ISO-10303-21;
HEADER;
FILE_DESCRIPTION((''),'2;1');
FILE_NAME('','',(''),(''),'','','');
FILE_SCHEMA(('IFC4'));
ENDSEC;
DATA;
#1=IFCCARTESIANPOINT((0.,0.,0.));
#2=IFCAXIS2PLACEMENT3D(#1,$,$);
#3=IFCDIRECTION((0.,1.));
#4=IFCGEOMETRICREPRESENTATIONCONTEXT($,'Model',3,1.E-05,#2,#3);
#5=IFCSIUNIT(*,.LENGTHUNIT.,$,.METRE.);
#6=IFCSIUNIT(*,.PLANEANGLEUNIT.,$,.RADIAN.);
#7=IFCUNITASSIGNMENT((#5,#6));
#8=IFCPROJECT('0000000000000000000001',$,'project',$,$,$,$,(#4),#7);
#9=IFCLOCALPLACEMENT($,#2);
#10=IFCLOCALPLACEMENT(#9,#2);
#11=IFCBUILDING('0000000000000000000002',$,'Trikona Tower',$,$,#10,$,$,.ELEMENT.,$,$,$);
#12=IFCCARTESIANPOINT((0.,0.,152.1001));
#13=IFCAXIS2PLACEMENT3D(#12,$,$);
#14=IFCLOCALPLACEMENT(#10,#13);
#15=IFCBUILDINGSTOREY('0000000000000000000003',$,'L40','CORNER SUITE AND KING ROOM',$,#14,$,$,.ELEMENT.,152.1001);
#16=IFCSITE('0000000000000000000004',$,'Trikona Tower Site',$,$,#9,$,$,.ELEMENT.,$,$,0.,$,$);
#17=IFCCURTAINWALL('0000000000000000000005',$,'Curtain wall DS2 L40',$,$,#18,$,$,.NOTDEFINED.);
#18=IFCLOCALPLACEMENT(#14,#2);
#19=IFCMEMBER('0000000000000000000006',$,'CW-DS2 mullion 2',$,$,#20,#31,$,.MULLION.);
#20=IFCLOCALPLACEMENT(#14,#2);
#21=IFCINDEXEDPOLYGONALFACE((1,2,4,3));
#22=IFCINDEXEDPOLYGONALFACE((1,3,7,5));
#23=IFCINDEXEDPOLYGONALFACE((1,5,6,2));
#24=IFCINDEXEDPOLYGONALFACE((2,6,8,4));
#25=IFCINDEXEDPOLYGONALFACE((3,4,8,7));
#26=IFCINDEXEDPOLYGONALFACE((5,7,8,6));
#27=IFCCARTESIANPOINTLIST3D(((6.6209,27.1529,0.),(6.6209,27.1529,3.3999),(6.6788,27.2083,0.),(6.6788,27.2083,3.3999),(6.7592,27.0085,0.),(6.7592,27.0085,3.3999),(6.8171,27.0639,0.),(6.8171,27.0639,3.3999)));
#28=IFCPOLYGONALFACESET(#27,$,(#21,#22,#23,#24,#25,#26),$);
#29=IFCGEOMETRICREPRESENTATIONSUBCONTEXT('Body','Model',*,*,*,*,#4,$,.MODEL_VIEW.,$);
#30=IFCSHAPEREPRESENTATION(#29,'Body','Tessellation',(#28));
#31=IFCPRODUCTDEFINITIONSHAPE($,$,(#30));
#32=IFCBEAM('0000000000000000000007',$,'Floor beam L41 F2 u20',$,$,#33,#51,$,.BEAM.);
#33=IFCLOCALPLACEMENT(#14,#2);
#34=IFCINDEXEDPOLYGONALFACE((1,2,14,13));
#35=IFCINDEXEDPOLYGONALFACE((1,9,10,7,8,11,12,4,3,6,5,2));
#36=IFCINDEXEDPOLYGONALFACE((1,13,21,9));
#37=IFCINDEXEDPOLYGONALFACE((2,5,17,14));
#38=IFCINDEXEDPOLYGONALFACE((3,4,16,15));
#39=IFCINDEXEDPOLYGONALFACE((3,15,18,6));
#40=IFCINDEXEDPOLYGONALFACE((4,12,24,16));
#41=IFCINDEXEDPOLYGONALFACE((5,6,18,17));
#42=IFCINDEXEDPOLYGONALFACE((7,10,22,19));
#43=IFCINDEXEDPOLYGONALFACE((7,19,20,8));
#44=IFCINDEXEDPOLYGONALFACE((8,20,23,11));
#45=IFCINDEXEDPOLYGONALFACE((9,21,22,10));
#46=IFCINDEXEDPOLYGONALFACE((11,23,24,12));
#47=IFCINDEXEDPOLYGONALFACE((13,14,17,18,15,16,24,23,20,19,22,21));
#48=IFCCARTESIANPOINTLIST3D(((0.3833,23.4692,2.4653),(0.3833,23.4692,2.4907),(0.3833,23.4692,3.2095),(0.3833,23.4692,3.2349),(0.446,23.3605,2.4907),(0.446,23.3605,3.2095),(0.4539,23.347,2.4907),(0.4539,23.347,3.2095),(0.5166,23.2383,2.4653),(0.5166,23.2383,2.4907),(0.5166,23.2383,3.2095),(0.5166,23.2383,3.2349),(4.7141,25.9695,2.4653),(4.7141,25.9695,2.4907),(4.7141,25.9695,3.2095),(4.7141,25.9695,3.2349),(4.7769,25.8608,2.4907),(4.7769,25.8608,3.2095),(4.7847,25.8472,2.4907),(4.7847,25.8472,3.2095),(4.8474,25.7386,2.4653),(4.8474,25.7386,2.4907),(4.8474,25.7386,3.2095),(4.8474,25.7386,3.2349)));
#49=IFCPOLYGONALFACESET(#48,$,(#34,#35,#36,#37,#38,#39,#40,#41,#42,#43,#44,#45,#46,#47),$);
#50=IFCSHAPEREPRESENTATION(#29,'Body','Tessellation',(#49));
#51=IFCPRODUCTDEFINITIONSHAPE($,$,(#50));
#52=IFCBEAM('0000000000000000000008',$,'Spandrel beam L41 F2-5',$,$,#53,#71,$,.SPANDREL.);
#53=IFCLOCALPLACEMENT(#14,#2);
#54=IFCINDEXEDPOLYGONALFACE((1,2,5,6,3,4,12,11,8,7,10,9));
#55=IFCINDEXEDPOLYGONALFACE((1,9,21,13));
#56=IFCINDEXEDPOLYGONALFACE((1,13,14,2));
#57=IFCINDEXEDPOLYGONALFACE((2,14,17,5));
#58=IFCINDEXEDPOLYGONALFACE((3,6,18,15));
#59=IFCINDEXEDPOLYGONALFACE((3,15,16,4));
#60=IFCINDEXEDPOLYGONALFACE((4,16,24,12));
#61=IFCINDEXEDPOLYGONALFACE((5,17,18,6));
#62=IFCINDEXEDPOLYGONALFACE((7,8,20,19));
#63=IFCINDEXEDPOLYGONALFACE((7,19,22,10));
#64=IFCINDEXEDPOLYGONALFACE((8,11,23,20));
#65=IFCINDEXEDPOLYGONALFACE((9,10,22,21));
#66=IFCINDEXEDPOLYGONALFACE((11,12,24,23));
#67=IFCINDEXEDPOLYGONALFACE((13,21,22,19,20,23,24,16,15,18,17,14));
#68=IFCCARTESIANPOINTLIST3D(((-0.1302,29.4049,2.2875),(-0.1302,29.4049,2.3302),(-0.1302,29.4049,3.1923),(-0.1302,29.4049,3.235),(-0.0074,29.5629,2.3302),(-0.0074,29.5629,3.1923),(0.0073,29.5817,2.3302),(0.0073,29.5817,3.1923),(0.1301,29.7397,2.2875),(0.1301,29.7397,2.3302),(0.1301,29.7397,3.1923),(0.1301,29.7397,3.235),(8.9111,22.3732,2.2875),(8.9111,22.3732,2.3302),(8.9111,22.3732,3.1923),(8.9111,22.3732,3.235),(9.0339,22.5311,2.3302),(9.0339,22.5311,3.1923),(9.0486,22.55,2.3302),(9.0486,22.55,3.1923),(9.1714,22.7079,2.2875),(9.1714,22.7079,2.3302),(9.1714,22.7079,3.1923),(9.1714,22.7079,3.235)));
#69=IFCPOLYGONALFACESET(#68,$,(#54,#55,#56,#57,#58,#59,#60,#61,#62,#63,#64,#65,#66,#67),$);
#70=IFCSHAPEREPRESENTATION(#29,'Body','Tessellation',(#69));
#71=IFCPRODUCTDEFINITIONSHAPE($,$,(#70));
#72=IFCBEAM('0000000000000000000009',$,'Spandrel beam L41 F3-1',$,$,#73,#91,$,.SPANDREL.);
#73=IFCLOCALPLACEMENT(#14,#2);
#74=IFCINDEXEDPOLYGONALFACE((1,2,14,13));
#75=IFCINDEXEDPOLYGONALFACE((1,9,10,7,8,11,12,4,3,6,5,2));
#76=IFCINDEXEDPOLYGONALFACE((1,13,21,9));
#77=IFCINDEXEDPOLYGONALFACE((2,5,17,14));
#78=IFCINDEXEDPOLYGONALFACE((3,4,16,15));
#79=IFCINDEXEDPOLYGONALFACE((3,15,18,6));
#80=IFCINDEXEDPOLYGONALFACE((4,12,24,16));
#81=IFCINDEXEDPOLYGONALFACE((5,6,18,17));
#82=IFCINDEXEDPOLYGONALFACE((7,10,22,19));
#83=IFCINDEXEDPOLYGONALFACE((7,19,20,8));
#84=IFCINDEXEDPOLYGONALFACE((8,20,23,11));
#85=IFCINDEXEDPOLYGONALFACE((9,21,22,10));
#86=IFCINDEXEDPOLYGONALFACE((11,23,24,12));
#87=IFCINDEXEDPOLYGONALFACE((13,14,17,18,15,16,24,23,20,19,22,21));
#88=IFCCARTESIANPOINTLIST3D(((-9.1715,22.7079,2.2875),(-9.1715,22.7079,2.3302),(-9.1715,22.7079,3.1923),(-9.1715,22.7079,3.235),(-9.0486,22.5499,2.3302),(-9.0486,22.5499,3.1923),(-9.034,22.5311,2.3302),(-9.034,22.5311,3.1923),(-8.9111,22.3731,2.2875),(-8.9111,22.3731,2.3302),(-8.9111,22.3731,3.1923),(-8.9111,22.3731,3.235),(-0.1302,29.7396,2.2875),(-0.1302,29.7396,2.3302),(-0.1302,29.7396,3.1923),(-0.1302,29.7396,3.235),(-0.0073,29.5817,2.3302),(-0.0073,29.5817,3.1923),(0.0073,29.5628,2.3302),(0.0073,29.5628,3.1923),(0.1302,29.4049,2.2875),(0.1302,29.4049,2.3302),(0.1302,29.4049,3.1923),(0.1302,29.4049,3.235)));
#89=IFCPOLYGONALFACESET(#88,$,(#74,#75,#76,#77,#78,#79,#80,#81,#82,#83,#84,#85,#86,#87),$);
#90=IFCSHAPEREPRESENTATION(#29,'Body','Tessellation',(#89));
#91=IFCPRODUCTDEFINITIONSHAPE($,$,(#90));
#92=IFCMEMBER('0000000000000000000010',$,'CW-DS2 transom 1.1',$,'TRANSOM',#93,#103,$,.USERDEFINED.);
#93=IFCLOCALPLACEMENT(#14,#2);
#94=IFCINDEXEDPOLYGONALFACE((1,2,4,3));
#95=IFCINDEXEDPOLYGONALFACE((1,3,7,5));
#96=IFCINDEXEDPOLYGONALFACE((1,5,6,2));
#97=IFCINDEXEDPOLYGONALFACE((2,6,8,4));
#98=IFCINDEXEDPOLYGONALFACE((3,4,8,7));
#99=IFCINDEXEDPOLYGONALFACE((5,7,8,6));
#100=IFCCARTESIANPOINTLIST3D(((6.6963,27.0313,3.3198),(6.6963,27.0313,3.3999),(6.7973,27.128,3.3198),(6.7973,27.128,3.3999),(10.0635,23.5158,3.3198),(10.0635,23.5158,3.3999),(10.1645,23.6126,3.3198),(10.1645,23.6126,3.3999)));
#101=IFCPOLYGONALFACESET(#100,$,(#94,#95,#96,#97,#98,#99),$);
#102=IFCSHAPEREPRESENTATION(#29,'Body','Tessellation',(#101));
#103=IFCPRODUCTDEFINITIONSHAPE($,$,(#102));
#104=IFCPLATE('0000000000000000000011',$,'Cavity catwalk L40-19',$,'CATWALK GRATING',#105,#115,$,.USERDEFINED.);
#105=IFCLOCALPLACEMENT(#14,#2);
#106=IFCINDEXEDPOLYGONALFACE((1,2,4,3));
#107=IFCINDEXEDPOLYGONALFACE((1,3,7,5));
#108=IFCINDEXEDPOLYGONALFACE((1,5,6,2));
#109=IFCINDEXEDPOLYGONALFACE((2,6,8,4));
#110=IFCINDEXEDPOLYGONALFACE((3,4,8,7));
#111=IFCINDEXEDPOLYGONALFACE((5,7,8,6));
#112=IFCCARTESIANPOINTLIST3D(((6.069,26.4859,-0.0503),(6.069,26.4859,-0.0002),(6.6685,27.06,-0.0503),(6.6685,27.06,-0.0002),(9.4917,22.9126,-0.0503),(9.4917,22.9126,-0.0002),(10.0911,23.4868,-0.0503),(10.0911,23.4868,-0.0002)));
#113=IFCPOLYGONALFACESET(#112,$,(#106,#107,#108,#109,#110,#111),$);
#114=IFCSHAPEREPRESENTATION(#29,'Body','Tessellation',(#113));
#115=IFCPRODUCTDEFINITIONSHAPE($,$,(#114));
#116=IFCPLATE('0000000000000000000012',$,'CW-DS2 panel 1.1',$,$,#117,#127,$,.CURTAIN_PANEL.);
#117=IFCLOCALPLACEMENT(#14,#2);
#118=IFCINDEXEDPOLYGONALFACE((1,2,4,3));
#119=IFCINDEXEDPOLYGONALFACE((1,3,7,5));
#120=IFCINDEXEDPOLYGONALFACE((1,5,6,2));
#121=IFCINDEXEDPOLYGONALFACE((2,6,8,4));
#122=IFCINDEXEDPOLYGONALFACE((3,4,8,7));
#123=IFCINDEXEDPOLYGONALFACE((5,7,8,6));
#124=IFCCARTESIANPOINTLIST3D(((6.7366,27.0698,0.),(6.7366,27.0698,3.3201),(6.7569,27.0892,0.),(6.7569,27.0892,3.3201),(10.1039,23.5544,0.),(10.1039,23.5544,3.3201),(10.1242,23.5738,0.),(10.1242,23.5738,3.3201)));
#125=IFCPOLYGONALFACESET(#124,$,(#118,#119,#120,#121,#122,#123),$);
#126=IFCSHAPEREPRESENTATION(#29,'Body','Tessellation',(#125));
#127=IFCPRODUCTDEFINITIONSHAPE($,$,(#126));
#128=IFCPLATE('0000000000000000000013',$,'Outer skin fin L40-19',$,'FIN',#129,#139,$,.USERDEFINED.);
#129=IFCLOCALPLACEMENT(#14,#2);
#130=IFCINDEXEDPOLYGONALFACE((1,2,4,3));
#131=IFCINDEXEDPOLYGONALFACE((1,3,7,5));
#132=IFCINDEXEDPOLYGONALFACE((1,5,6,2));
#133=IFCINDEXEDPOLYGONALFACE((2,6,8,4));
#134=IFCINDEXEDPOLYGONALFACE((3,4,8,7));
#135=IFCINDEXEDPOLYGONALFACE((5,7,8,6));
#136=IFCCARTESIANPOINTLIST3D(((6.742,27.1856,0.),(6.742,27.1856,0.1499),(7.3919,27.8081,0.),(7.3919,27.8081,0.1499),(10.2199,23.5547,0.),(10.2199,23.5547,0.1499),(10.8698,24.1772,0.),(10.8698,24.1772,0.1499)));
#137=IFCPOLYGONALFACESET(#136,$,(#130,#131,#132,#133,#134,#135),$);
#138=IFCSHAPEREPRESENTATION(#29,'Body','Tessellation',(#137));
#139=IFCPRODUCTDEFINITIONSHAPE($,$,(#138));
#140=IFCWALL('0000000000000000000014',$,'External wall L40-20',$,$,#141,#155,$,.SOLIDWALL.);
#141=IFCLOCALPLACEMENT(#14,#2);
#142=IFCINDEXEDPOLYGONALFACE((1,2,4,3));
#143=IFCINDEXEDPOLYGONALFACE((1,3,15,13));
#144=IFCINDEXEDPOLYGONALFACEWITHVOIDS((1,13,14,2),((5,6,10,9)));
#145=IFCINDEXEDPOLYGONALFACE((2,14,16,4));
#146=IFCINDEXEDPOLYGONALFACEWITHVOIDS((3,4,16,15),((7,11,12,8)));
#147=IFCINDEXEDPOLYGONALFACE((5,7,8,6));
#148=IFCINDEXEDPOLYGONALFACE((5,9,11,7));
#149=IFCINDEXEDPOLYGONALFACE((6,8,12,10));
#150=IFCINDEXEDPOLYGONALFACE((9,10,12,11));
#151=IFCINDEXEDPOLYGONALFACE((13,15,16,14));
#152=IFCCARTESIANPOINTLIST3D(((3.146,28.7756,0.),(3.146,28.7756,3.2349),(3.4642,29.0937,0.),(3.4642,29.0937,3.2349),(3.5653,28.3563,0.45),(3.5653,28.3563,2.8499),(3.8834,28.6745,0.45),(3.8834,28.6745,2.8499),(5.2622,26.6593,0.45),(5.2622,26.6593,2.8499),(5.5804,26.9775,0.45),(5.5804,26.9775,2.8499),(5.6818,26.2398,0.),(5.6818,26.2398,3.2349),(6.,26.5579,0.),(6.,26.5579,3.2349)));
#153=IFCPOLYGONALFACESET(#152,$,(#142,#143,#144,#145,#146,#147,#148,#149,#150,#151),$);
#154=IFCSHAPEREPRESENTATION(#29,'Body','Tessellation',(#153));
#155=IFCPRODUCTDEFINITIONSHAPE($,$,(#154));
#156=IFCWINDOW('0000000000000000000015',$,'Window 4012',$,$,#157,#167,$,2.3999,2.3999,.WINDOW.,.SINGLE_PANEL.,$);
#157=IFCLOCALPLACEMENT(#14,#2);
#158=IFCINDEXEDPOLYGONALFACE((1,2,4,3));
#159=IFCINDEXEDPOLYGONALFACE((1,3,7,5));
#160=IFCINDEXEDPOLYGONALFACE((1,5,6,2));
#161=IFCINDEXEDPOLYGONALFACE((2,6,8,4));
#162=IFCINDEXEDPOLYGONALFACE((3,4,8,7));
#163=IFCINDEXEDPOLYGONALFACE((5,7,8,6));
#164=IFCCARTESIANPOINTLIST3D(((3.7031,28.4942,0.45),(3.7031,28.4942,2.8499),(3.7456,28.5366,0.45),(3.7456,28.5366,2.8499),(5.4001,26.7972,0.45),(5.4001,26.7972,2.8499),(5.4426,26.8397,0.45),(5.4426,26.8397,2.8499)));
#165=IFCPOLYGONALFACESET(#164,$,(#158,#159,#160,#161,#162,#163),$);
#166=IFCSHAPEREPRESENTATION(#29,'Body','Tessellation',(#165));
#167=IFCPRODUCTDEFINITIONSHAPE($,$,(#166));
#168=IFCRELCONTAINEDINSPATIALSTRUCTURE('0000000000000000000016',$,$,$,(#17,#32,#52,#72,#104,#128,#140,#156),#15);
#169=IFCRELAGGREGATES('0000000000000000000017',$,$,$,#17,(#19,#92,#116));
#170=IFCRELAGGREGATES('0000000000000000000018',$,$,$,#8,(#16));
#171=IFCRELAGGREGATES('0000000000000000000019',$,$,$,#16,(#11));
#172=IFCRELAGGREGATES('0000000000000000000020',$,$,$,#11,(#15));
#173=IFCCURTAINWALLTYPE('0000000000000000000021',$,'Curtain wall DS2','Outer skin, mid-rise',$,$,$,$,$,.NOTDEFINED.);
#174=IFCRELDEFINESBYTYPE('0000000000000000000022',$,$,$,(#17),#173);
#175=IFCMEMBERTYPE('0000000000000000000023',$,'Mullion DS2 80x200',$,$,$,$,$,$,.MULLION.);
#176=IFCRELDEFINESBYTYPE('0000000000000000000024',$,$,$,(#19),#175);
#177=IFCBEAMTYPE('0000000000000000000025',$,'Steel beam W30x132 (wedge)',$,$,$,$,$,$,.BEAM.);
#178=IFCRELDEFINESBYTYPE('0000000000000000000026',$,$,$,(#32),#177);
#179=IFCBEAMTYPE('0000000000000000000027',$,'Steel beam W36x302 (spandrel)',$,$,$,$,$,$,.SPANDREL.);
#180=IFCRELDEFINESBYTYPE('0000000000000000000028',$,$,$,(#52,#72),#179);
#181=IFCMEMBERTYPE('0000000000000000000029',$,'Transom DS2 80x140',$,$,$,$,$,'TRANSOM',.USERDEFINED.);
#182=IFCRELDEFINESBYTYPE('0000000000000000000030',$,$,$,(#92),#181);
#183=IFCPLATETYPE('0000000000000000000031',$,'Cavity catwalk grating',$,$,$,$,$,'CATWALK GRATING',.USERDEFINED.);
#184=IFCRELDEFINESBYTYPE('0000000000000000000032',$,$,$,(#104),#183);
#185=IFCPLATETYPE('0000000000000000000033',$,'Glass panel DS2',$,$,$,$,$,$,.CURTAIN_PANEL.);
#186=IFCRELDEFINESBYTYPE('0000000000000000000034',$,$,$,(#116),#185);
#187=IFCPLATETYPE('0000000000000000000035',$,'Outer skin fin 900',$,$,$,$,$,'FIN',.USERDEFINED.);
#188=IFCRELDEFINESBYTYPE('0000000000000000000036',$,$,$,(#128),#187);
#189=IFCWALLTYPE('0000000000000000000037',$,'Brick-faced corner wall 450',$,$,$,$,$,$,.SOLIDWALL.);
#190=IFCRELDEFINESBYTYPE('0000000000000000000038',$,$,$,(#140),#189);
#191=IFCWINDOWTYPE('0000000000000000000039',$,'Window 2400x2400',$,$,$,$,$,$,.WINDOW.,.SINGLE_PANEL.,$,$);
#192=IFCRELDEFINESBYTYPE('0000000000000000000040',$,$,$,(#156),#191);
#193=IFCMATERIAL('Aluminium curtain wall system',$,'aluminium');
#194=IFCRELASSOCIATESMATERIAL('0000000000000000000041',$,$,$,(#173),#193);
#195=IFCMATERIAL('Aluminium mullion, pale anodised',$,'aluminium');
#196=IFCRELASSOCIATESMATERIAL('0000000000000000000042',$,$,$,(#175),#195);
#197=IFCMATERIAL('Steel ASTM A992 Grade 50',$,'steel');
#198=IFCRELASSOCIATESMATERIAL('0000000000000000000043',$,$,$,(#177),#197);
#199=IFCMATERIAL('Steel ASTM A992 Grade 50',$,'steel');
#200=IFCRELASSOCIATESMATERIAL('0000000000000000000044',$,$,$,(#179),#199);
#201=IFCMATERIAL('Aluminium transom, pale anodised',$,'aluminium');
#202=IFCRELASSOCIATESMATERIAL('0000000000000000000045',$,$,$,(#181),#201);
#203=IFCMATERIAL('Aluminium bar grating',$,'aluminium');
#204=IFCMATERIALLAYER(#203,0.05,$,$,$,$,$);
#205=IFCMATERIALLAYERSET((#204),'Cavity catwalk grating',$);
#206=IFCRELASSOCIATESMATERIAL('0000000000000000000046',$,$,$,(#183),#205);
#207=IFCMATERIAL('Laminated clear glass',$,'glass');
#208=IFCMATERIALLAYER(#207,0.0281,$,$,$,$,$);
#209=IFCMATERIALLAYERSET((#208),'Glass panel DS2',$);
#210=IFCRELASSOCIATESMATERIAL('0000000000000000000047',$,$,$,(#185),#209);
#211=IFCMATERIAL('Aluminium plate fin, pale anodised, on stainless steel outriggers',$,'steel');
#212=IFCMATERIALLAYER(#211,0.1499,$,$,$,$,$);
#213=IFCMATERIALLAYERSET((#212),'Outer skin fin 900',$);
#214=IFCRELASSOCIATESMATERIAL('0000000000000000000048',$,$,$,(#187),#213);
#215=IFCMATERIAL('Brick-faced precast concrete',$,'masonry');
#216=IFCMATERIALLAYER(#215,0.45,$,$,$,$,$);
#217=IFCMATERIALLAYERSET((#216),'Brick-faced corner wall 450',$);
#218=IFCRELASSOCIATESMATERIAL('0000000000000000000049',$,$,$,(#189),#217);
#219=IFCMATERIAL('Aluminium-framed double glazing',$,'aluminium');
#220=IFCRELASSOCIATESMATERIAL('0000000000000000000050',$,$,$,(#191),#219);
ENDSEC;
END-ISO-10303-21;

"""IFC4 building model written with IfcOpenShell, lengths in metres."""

from ifc_helpers import new_model, si_unit, direction, frame, frame_2d, origin, origin_2d, place, context, subcontext, project, spatial, rectangle, i_section, extrude, material, layer, layer_set, material_profile, profile_set, type_object, element, fill, aggregate, save


model = new_model("IFC4")

# Units and contexts
model_context = context("Model", 3, precision=1e-05, world=origin(), true_north=direction((0.0, 1.0)))
body_context = subcontext(model_context, "Body", "Model", "MODEL_VIEW")
ifc_project = project(units=[si_unit("LENGTHUNIT", "METRE"), si_unit("PLANEANGLEUNIT", "RADIAN")], contexts=[model_context])

# Site, building, storey
site_placement = place(None, origin())
site = spatial("IfcSite", under=ifc_project, at=site_placement, Name="Trikona Tower Site", CompositionType="ELEMENT", RefElevation=0.0)
building_placement = place(site_placement, origin())
building = spatial("IfcBuilding", under=site, at=building_placement, Name="Trikona Tower", CompositionType="ELEMENT")
storey_placement = place(building_placement, frame((0.0, 0.0, 152.1001)))
storey = spatial("IfcBuildingStorey", under=building, at=storey_placement, Name="L40", Description="CORNER SUITE AND KING ROOM", CompositionType="ELEMENT", Elevation=152.1001)

# Curtain wall, member
ifc_material_1 = material(Name="Aluminium curtain wall system", Category="aluminium")
curtain_wall_type = type_object("IfcCurtainWallType", Name="Curtain wall DS2", Description="Outer skin, mid-rise", PredefinedType="NOTDEFINED", material=ifc_material_1)
curtain_wall_placement = place(storey_placement, origin())
curtain_wall = element("IfcCurtainWall", 1, at=curtain_wall_placement, inside=storey, type_object=curtain_wall_type, Name="Curtain wall DS2 L40", PredefinedType="NOTDEFINED")
ifc_material_2 = material(Name="Aluminium mullion, pale anodised", Category="aluminium")
ifc_material_profile_1 = material_profile(ifc_material_2, rectangle(XDim=0.0801, YDim=0.2, at=origin_2d()), Name="MUL-DS2")
ifc_profile_set_1 = profile_set([ifc_material_profile_1], Name="Aluminium mullion, pale anodised")
member_type_1 = type_object("IfcMemberType", Name="Mullion DS2 80x200", PredefinedType="MULLION", material=ifc_profile_set_1)
member_1_placement = place(storey_placement, frame((6.719, 27.1084, 0.0), z_axis=(0.0, 0.0, 1.0), x_axis=(-0.722158, -0.691728, 0.0)))
member_1 = element("IfcMember", 2, at=member_1_placement, type_object=member_type_1, Name="CW-DS2 mullion 2", PredefinedType="MULLION", context=body_context, shape_type="SweptSolid", body=[
    extrude(rectangle(XDim=0.0801, YDim=0.2, at=origin_2d()), origin(), (0.0, 0.0, 1.0), 3.3999),
])

# Beams
ifc_material_3 = material(Name="Steel ASTM A992 Grade 50", Category="steel")
ifc_material_profile_2 = material_profile(ifc_material_3, i_section(OverallWidth=0.2666, OverallDepth=0.7695, WebThickness=0.0156, FlangeThickness=0.0254, at=origin_2d()), Name="W30X132")
ifc_profile_set_2 = profile_set([ifc_material_profile_2], Name="Steel ASTM A992 Grade 50")
beam_type_1 = type_object("IfcBeamType", Name="Steel beam W30x132 (wedge)", PredefinedType="BEAM", material=ifc_profile_set_2)
beam_placement = place(storey_placement, frame((0.45, 23.3538, 2.8501), z_axis=(0.866038, 0.499977, 0.0), x_axis=(-0.499977, 0.866038, 0.0)))
element("IfcBeam", 3, at=beam_placement, inside=storey, type_object=beam_type_1, Name="Floor beam L41 F2 u20", PredefinedType="BEAM", context=body_context, shape_type="SweptSolid", body=[
    extrude(i_section(OverallWidth=0.2666, OverallDepth=0.7695, WebThickness=0.0156, FlangeThickness=0.0254, at=origin_2d()), origin(), (0.0, 0.0, 1.0), 5.0007),
])
ifc_material_4 = material(Name="Steel ASTM A992 Grade 50", Category="steel")
ifc_material_profile_3 = material_profile(ifc_material_4, i_section(OverallWidth=0.4241, OverallDepth=0.9475, WebThickness=0.0239, FlangeThickness=0.0427, at=origin_2d()), Name="W36X302")
ifc_profile_set_3 = profile_set([ifc_material_profile_3], Name="Steel ASTM A992 Grade 50")
beam_type_2 = type_object("IfcBeamType", Name="Steel beam W36x302 (spandrel)", PredefinedType="SPANDREL", material=ifc_profile_set_3)
for number, where, z_axis, x_axis, name in (
    (4, (9.0413, 22.5405, 2.7612), (-0.789367, 0.613921, 0.0), (-0.613921, -0.789367, 0.0), "Spandrel beam L41 F2-5"),
    (5, (0.0, 29.5723, 2.7612), (-0.789367, -0.613921, 0.0), (0.613921, -0.789367, 0.0), "Spandrel beam L41 F3-1"),
):
    element("IfcBeam", number, at=place(storey_placement, frame(where, z_axis=z_axis, x_axis=x_axis)), inside=storey, type_object=beam_type_2, Name=name, PredefinedType="SPANDREL", context=body_context, shape_type="SweptSolid", body=[
        extrude(i_section(OverallWidth=0.4241, OverallDepth=0.9475, WebThickness=0.0239, FlangeThickness=0.0427, at=origin_2d()), origin(), (0.0, 0.0, 1.0), 11.4539),
    ])

# Member
ifc_material_5 = material(Name="Aluminium transom, pale anodised", Category="aluminium")
ifc_material_profile_4 = material_profile(ifc_material_5, rectangle(XDim=0.1399, YDim=0.0801, at=origin_2d()), Name="TRN-DS2")
ifc_profile_set_4 = profile_set([ifc_material_profile_4], Name="Aluminium transom, pale anodised")
member_type_2 = type_object("IfcMemberType", Name="Transom DS2 80x140", ElementType="TRANSOM", PredefinedType="USERDEFINED", material=ifc_profile_set_4)
member_2_placement = place(storey_placement, frame((10.114, 23.5642, 3.3599), z_axis=(-0.691721, 0.722165, 0.0), x_axis=(-0.722165, -0.691721, 0.0)))
member_2 = element("IfcMember", 6, at=member_2_placement, type_object=member_type_2, Name="CW-DS2 transom 1.1", ObjectType="TRANSOM", PredefinedType="USERDEFINED", context=body_context, shape_type="SweptSolid", body=[
    extrude(rectangle(XDim=0.1399, YDim=0.0801, at=origin_2d()), origin(), (0.0, 0.0, 1.0), 4.8679),
])

# Plates
ifc_material_6 = material(Name="Aluminium bar grating", Category="aluminium")
ifc_layer_1 = layer(ifc_material_6, 0.05)
ifc_layer_set_1 = layer_set([ifc_layer_1], Name="Cavity catwalk grating")
plate_type_1 = type_object("IfcPlateType", Name="Cavity catwalk grating", ElementType="CATWALK GRATING", PredefinedType="USERDEFINED", material=ifc_layer_set_1)
plate_1_placement = place(storey_placement, frame((8.0801, 24.9863, -0.0503), z_axis=(0.0, 0.0, 1.0), x_axis=(-0.691724, 0.722162, 0.0)))
element("IfcPlate", 7, at=plate_1_placement, inside=storey, type_object=plate_type_1, Name="Cavity catwalk L40-19", ObjectType="CATWALK GRATING", PredefinedType="USERDEFINED", context=body_context, shape_type="SweptSolid", body=[
    extrude(rectangle(XDim=4.948, YDim=0.8301, at=origin_2d()), origin(), (0.0, 0.0, 1.0), 0.05),
])
ifc_material_7 = material(Name="Laminated clear glass", Category="glass")
ifc_layer_2 = layer(ifc_material_7, 0.0281)
ifc_layer_set_2 = layer_set([ifc_layer_2], Name="Glass panel DS2")
plate_type_2 = type_object("IfcPlateType", Name="Glass panel DS2", PredefinedType="CURTAIN_PANEL", material=ifc_layer_set_2)
plate_2_placement = place(storey_placement, frame((8.4304, 25.3218, 0.0), z_axis=(0.0, 0.0, 1.0), x_axis=(-0.691728, 0.722158, 0.0)))
plate_2 = element("IfcPlate", 8, at=plate_2_placement, type_object=plate_type_2, Name="CW-DS2 panel 1.1", PredefinedType="CURTAIN_PANEL", context=body_context, shape_type="SweptSolid", body=[
    extrude(rectangle(XDim=4.8679, YDim=0.0281, at=origin_2d()), origin(), (0.0, 0.0, 1.0), 3.3201),
])
aggregate(curtain_wall, [member_1, member_2, plate_2])
ifc_material_8 = material(Name="Aluminium plate fin, pale anodised, on stainless steel outriggers", Category="steel")
ifc_layer_3 = layer(ifc_material_8, 0.1499)
ifc_layer_set_3 = layer_set([ifc_layer_3], Name="Outer skin fin 900")
plate_type_3 = type_object("IfcPlateType", Name="Outer skin fin 900", ElementType="FIN", PredefinedType="USERDEFINED", material=ifc_layer_set_3)
plate_3_placement = place(storey_placement, frame((8.8059, 25.6814, 0.0), z_axis=(0.0, 0.0, 1.0), x_axis=(-0.691724, 0.722162, 0.0)))
element("IfcPlate", 9, at=plate_3_placement, inside=storey, type_object=plate_type_3, Name="Outer skin fin L40-19", ObjectType="FIN", PredefinedType="USERDEFINED", context=body_context, shape_type="SweptSolid", body=[
    extrude(rectangle(XDim=5.0278, YDim=0.8999, at=origin_2d()), origin(), (0.0, 0.0, 1.0), 0.1499),
])

# Wall, opening, window
ifc_material_9 = material(Name="Brick-faced precast concrete", Category="masonry")
ifc_layer_4 = layer(ifc_material_9, 0.45)
ifc_layer_set_4 = layer_set([ifc_layer_4], Name="Brick-faced corner wall 450")
wall_type_1 = type_object("IfcWallType", Name="Brick-faced corner wall 450", PredefinedType="SOLIDWALL", material=ifc_layer_set_4)
wall_1_placement = place(storey_placement, frame((5.8408, 26.3989, 0.0), z_axis=(0.0, 0.0, 1.0), x_axis=(-0.707107, 0.707107, 0.0)))
wall_1 = element("IfcWall", 10, at=wall_1_placement, inside=storey, type_object=wall_type_1, Name="External wall L40-20", PredefinedType="SOLIDWALL", context=body_context, shape_type="SweptSolid", body=[
    extrude(rectangle(XDim=3.5862, YDim=0.45, at=frame_2d((1.793, 0.0))), origin(), (0.0, 0.0, 1.0), 3.2349),
])
opening_1_placement = place(wall_1_placement, frame((0.5933, 0.0, 0.45)))
opening_1 = element("IfcOpeningElement", 11, at=opening_1_placement, cuts=wall_1, PredefinedType="OPENING", context=body_context, shape_type="SweptSolid", body=[
    extrude(rectangle(XDim=2.3999, YDim=2.3999, at=frame_2d((1.2, 1.2))), frame((0.0, 0.2349, 0.0), z_axis=(0.0, -1.0, 0.0), x_axis=(1.0, 0.0, 0.0)), (0.0, 0.0, 1.0), 0.47),
])
ifc_material_10 = material(Name="Aluminium-framed double glazing", Category="aluminium")
window_type_1 = type_object("IfcWindowType", Name="Window 2400x2400", PartitioningType="SINGLE_PANEL", PredefinedType="WINDOW", material=ifc_material_10)
window_1_placement = place(opening_1_placement, origin())
window_1 = element("IfcWindow", 12, at=window_1_placement, inside=storey, type_object=window_type_1, Name="Window 4012", OverallHeight=2.3999, OverallWidth=2.3999, PartitioningType="SINGLE_PANEL", PredefinedType="WINDOW", context=body_context, shape_type="SweptSolid", body=[
    extrude(rectangle(XDim=2.3999, YDim=2.3999, at=frame_2d((1.2, 1.2))), frame((0.0, 0.03, 0.0), z_axis=(0.0, -1.0, 0.0), x_axis=(1.0, 0.0, 0.0)), (0.0, 0.0, 1.0), 0.0601),
])
fill(opening_1, window_1)

save(model, "model.ifc")
